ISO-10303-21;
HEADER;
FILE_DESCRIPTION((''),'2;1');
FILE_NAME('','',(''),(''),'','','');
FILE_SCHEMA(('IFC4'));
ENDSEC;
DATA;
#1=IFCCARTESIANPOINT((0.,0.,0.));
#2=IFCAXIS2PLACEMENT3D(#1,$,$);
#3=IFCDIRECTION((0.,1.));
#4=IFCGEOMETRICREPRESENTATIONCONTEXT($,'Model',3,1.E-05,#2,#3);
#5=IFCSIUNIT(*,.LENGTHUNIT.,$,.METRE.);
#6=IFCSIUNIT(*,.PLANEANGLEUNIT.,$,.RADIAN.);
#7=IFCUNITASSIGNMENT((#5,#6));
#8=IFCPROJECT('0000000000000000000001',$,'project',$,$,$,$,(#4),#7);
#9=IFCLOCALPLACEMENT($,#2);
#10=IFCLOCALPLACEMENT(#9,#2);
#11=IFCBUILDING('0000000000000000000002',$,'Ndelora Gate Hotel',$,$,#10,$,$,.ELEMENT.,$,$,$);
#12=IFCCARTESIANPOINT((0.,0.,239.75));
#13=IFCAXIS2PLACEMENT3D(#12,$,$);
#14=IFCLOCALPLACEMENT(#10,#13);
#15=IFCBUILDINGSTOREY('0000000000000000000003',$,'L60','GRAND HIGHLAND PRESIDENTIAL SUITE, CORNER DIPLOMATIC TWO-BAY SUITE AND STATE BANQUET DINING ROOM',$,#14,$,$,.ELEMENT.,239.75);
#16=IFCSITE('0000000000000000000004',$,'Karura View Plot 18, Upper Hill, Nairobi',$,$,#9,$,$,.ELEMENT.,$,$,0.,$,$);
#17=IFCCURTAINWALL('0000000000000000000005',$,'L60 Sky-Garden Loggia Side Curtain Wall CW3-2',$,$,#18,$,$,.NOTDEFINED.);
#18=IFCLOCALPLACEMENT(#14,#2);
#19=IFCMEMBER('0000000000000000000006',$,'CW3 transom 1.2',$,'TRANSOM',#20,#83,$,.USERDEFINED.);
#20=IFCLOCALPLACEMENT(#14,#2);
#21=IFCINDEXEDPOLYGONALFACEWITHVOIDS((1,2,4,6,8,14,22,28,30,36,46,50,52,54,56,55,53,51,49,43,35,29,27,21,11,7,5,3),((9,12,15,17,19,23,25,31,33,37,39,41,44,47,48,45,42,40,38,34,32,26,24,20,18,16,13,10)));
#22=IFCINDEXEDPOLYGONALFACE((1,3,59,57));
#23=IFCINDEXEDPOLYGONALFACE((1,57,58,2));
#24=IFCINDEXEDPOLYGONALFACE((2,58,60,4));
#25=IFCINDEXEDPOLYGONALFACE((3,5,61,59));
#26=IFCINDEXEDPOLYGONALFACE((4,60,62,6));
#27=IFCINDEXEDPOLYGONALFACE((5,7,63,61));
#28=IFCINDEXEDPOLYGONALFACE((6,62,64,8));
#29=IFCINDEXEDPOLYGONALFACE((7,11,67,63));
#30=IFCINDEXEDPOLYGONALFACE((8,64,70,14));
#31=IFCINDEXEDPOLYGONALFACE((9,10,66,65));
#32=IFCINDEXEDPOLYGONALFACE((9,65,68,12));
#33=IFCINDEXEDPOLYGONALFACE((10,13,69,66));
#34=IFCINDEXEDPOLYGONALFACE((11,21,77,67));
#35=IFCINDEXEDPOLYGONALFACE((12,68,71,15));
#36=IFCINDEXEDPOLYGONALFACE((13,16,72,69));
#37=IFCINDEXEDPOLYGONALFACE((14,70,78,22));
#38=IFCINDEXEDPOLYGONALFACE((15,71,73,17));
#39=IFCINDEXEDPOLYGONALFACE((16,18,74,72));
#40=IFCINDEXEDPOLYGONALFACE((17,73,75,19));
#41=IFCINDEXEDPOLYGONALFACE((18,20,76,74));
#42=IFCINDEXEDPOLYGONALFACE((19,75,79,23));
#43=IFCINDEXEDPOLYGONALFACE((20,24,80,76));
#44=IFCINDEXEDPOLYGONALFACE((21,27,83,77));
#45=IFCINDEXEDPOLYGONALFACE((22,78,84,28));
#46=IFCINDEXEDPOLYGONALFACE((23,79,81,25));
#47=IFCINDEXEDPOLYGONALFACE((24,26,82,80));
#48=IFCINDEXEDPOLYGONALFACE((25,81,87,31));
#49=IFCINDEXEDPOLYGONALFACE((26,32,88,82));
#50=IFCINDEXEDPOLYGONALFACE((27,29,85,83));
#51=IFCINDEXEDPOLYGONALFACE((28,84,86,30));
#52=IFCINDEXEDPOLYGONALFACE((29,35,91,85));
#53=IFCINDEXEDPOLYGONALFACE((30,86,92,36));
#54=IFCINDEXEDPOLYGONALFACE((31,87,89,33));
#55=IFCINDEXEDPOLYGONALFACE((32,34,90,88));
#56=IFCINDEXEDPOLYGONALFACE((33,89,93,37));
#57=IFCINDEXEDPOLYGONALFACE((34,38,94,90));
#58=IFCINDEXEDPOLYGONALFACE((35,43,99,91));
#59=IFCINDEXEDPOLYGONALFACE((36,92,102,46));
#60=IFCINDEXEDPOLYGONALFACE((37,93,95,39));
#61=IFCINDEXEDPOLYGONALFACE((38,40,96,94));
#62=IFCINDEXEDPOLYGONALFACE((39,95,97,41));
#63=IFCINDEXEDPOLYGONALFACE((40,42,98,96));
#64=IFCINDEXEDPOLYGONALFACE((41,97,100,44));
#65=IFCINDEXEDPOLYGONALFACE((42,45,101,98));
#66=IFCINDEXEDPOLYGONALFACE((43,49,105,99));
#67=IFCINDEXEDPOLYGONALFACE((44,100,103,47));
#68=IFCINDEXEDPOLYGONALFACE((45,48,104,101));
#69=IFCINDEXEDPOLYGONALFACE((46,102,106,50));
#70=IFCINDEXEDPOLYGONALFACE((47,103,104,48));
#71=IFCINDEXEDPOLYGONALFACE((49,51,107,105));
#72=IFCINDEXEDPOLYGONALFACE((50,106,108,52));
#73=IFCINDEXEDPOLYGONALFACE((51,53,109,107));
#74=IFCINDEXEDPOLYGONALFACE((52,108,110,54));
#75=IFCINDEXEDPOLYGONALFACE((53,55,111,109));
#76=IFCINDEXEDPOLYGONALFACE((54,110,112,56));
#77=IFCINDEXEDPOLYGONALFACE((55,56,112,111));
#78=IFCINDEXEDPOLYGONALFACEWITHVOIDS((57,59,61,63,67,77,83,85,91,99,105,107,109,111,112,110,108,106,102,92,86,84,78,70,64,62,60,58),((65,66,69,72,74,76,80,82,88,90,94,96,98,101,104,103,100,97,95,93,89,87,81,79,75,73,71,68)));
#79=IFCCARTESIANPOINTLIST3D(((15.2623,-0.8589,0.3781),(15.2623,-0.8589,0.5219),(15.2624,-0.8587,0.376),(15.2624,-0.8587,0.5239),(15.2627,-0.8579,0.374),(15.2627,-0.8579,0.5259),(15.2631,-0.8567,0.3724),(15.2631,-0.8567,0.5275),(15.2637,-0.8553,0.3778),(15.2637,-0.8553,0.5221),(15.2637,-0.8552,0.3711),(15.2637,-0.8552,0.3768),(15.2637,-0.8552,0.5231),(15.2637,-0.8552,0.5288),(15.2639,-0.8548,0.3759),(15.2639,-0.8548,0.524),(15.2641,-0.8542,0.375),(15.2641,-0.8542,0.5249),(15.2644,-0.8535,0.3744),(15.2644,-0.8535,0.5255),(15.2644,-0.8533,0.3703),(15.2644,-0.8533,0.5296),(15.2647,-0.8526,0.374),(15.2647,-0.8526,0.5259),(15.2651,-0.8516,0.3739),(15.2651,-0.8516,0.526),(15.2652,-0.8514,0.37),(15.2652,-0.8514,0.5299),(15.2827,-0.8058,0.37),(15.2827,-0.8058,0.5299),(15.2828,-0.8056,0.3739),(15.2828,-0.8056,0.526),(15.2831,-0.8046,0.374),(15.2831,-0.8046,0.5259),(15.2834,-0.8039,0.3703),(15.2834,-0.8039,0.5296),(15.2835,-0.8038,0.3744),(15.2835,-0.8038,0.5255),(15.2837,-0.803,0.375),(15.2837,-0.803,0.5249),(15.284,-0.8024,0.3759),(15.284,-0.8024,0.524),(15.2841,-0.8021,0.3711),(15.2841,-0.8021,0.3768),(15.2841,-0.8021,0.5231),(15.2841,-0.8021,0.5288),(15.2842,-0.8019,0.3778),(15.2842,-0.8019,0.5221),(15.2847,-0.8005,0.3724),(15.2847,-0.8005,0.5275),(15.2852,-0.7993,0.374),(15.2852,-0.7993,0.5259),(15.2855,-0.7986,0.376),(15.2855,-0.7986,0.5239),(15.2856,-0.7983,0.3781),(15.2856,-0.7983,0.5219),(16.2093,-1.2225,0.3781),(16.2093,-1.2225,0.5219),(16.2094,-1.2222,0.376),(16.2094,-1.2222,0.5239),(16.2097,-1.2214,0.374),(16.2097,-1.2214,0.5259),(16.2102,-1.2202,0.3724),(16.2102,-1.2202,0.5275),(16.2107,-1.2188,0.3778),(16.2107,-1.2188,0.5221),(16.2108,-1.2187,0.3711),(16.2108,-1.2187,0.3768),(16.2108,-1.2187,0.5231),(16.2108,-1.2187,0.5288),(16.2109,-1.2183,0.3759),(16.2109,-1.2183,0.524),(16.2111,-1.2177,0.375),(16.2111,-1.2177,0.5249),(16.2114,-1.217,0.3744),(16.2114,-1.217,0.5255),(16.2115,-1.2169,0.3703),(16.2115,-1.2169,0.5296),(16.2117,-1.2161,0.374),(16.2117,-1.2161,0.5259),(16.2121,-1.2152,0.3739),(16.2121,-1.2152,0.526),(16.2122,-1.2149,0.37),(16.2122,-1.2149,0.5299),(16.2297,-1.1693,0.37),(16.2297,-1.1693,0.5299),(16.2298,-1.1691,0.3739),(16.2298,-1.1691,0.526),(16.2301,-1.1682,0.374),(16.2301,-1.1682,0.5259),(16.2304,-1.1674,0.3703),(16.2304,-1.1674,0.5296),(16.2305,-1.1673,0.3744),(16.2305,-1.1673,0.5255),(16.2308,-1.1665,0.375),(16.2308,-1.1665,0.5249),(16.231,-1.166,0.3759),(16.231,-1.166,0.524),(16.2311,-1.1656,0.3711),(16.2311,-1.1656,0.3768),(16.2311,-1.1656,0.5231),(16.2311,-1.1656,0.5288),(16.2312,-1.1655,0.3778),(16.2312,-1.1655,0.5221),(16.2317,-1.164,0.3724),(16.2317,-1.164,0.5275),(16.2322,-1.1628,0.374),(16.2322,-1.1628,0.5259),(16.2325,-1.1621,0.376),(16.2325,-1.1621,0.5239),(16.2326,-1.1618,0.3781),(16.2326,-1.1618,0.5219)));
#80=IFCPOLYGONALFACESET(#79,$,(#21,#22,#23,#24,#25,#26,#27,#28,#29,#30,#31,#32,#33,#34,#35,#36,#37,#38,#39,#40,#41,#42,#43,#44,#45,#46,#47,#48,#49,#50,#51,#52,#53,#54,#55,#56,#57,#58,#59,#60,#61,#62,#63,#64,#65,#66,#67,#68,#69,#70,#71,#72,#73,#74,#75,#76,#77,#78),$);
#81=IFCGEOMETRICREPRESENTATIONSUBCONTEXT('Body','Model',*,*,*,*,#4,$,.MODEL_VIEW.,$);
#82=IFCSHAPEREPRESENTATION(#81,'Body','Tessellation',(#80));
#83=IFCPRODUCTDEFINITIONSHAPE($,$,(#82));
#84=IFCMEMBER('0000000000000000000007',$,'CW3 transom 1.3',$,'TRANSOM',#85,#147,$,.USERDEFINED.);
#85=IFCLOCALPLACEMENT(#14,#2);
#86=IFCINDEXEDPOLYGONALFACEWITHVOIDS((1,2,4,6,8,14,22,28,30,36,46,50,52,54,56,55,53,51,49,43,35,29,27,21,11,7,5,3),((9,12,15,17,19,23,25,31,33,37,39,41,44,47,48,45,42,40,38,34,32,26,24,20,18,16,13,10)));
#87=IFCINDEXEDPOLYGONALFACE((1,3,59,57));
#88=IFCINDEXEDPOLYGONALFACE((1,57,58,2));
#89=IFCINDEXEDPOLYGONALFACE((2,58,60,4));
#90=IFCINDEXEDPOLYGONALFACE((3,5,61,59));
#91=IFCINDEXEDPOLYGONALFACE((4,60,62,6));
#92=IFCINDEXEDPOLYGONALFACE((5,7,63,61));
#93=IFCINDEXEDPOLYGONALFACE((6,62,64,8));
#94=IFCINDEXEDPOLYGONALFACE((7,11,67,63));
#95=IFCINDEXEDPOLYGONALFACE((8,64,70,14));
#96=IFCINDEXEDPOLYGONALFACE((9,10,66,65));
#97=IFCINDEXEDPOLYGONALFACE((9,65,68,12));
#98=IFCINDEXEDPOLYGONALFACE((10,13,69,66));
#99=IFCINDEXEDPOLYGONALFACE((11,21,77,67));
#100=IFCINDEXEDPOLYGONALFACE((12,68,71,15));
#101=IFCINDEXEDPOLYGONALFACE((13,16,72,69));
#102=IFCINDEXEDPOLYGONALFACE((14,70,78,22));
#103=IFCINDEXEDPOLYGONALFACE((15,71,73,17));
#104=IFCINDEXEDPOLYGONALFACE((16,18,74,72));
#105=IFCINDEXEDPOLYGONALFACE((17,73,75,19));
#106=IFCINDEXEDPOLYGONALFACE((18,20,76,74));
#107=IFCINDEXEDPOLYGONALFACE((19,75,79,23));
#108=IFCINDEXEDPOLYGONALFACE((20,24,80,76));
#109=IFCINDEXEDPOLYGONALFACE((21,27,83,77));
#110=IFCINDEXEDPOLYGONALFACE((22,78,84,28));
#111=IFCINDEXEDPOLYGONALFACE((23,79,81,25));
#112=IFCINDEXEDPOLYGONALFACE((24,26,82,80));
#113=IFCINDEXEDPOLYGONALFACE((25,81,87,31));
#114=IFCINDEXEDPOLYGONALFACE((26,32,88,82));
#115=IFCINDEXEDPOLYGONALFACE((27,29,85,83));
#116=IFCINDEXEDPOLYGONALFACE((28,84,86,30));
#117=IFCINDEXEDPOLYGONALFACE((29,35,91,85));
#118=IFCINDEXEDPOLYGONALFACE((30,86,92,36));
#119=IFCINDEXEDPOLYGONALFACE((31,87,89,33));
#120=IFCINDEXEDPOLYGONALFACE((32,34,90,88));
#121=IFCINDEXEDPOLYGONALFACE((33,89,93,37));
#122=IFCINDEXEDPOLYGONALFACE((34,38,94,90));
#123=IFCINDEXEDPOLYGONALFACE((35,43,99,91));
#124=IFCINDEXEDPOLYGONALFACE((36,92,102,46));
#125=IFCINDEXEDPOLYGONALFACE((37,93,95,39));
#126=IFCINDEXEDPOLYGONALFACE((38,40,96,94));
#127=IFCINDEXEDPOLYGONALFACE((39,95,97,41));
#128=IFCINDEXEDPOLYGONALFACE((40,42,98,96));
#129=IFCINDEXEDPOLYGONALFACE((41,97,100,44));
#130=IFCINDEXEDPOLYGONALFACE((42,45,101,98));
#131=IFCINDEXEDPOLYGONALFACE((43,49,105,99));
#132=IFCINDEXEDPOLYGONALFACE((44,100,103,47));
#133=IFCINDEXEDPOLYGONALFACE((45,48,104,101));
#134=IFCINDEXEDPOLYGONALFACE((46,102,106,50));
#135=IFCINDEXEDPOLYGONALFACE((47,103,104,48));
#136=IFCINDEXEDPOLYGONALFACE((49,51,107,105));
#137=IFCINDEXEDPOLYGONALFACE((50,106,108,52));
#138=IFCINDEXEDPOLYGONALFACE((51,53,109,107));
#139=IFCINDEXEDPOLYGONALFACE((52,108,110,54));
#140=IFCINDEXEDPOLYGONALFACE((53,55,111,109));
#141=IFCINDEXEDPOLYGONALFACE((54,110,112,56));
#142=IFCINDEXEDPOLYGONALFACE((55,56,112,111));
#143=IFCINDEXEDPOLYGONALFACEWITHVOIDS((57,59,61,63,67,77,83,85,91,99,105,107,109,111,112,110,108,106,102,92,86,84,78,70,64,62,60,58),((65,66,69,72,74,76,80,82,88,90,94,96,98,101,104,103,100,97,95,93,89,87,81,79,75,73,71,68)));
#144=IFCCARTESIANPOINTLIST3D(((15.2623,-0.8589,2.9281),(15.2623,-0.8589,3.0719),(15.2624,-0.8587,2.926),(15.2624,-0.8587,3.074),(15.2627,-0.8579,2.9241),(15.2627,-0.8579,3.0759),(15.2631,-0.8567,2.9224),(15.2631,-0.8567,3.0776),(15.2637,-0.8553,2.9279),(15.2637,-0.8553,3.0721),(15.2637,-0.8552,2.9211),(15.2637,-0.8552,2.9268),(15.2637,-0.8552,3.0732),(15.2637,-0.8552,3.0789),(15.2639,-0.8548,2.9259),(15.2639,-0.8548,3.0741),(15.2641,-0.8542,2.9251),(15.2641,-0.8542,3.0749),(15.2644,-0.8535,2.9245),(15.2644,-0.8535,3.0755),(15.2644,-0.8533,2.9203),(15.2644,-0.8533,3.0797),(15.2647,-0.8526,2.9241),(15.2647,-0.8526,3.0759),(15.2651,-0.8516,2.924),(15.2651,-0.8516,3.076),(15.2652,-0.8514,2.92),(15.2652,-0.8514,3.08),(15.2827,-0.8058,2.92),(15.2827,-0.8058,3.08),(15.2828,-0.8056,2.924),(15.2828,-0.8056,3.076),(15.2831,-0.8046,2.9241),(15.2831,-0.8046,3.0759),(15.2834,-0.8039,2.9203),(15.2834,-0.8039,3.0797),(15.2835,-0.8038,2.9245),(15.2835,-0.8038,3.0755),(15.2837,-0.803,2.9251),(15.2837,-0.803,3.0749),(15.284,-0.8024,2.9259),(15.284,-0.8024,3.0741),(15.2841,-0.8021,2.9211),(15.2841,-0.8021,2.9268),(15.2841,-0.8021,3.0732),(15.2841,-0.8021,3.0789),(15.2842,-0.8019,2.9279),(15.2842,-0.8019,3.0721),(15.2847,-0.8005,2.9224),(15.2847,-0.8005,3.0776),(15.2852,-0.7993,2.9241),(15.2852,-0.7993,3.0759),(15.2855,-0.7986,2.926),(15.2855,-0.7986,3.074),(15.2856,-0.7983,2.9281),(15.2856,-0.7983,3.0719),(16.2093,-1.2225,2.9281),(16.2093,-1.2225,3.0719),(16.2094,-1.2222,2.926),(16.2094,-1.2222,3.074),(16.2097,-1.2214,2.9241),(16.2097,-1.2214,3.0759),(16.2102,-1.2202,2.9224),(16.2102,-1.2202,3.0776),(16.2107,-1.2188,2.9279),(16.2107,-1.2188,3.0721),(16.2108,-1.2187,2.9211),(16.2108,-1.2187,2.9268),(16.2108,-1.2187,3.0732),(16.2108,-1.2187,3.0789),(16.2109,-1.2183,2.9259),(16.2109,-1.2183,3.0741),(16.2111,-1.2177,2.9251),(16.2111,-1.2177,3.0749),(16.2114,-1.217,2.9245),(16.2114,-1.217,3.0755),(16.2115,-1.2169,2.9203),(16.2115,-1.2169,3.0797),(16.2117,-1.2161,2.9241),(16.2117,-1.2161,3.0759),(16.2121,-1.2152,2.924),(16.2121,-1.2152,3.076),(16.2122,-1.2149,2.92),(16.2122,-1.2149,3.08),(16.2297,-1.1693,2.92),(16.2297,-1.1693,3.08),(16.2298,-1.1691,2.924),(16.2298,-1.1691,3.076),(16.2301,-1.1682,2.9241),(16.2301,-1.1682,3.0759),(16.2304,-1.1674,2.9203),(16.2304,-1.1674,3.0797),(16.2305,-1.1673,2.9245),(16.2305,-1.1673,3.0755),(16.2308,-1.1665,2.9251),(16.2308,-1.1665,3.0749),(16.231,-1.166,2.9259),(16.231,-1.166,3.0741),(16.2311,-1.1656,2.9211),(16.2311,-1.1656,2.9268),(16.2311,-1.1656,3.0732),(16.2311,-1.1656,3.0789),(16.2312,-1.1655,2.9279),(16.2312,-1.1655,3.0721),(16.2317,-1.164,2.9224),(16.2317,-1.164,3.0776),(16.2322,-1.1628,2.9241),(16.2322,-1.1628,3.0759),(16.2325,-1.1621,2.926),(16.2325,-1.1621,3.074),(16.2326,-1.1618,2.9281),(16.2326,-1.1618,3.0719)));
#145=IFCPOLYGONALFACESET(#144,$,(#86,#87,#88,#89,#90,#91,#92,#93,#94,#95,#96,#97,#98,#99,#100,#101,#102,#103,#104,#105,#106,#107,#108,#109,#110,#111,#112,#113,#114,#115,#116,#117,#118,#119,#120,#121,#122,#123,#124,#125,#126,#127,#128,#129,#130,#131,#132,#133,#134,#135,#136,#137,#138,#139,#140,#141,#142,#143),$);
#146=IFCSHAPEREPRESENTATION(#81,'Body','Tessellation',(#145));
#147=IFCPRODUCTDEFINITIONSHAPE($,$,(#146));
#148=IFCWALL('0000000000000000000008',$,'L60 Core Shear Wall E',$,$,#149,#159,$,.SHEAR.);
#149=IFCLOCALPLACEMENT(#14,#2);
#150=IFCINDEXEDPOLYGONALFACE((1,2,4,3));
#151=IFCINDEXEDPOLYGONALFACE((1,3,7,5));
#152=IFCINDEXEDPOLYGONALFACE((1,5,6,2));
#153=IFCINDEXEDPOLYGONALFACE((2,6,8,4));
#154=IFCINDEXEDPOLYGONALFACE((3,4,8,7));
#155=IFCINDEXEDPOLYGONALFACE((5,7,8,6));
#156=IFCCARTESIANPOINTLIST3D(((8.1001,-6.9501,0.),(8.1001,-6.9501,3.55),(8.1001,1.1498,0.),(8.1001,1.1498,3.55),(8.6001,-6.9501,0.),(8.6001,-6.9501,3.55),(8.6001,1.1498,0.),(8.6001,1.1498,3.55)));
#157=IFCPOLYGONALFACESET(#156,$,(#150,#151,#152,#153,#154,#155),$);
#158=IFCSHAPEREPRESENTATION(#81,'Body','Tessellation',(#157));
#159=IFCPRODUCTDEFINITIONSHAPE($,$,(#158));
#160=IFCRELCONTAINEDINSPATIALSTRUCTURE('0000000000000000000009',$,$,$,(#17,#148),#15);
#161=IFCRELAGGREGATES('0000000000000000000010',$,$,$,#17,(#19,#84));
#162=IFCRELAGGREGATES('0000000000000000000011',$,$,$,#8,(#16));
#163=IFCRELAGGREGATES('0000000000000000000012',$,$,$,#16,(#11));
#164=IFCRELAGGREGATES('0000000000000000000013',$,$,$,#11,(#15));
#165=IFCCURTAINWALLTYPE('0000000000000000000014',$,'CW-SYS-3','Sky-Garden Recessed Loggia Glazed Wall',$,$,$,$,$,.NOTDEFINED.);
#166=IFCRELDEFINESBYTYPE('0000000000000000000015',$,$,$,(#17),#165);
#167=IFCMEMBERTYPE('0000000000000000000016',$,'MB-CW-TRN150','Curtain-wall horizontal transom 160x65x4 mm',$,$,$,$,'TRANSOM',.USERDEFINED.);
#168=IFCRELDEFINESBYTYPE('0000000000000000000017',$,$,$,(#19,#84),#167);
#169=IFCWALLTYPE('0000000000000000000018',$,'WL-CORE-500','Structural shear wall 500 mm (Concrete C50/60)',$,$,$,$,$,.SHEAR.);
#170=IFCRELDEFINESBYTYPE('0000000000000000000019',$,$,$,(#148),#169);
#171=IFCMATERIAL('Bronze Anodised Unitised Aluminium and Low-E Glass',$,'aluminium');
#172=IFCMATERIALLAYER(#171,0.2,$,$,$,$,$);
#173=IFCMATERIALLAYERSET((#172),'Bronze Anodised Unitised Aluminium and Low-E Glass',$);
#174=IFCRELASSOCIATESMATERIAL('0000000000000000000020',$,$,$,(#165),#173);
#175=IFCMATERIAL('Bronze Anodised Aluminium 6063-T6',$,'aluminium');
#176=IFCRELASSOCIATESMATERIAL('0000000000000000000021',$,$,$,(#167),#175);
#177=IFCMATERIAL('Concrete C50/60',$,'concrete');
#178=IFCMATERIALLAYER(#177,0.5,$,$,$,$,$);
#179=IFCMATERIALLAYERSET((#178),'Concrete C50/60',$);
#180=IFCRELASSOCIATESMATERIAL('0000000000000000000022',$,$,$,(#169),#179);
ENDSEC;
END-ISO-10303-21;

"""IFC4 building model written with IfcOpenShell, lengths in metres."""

from ifc_helpers import new_model, si_unit, direction, frame, frame_2d, origin, origin_2d, place, context, subcontext, project, spatial, rectangle, hollow_rectangle, extrude, material, layer, layer_set, material_profile, profile_set, type_object, element, aggregate, save


model = new_model("IFC4")

# Units and contexts
model_context = context("Model", 3, precision=1e-05, world=origin(), true_north=direction((0.0, 1.0)))
body_context = subcontext(model_context, "Body", "Model", "MODEL_VIEW")
ifc_project = project(units=[si_unit("LENGTHUNIT", "METRE"), si_unit("PLANEANGLEUNIT", "RADIAN")], contexts=[model_context])

# Site, building, storey
site_placement = place(None, origin())
site = spatial("IfcSite", under=ifc_project, at=site_placement, Name="Karura View Plot 18, Upper Hill, Nairobi", CompositionType="ELEMENT", RefElevation=0.0)
building_placement = place(site_placement, origin())
building = spatial("IfcBuilding", under=site, at=building_placement, Name="Ndelora Gate Hotel", CompositionType="ELEMENT")
storey_placement = place(building_placement, frame((0.0, 0.0, 239.75)))
storey = spatial("IfcBuildingStorey", under=building, at=storey_placement, Name="L60", Description="GRAND HIGHLAND PRESIDENTIAL SUITE, CORNER DIPLOMATIC TWO-BAY SUITE AND STATE BANQUET DINING ROOM", CompositionType="ELEMENT", Elevation=239.75)

# Shared definitions
ifc_material_1 = material(Name="Concrete C50/60", Category="concrete")

# Shared definitions
ifc_material_2 = material(Name="Bronze Anodised Unitised Aluminium and Low-E Glass", Category="aluminium")
ifc_layer_1 = layer(ifc_material_2, 0.2)
ifc_layer_set_1 = layer_set([ifc_layer_1], Name="Bronze Anodised Unitised Aluminium and Low-E Glass")
curtain_wall_type = type_object("IfcCurtainWallType", Name="CW-SYS-3", Description="Sky-Garden Recessed Loggia Glazed Wall", PredefinedType="NOTDEFINED", material=ifc_layer_set_1)
ifc_material_3 = material(Name="Bronze Anodised Aluminium 6063-T6", Category="aluminium")

# Curtain wall, members
curtain_wall_1_placement = place(storey_placement, origin())
curtain_wall_1 = element("IfcCurtainWall", 1, at=curtain_wall_1_placement, inside=storey, type_object=curtain_wall_type, Name="L60 Sky-Garden Loggia Side Curtain Wall CW3-2", PredefinedType="NOTDEFINED")
ifc_material_profile_1 = material_profile(ifc_material_3, hollow_rectangle(XDim=0.0649, YDim=0.1599, WallThickness=0.0039, InnerFilletRadius=0.0039, OuterFilletRadius=0.0081, at=origin_2d()), Name="ALU 160x65x4")
ifc_profile_set_1 = profile_set([ifc_material_profile_1], Name="Bronze Anodised Aluminium 6063-T6")
member_type_1 = type_object("IfcMemberType", Name="MB-CW-TRN150", Description="Curtain-wall horizontal transom 160x65x4 mm", ElementType="TRANSOM", PredefinedType="USERDEFINED", material=ifc_profile_set_1)
member_1_placement = place(storey_placement, frame((16.2209, -1.1921, 0.45), z_axis=(-0.933581, 0.358366, 0.0), x_axis=(-0.358366, -0.933581, 0.0)))
member_1 = element("IfcMember", 2, at=member_1_placement, type_object=member_type_1, Name="CW3 transom 1.2", ObjectType="TRANSOM", PredefinedType="USERDEFINED", context=body_context, shape_type="SweptSolid", body=[
    extrude(hollow_rectangle(XDim=0.0649, YDim=0.1599, WallThickness=0.0039, InnerFilletRadius=0.0039, OuterFilletRadius=0.0081, at=origin_2d()), origin(), (0.0, 0.0, 1.0), 1.0144),
])
member_2_placement = place(storey_placement, frame((16.2209, -1.1921, 3.0), z_axis=(-0.933581, 0.358366, 0.0), x_axis=(-0.358366, -0.933581, 0.0)))
member_2 = element("IfcMember", 3, at=member_2_placement, type_object=member_type_1, Name="CW3 transom 1.3", ObjectType="TRANSOM", PredefinedType="USERDEFINED", context=body_context, shape_type="SweptSolid", body=[
    extrude(hollow_rectangle(XDim=0.0649, YDim=0.1599, WallThickness=0.0039, InnerFilletRadius=0.0039, OuterFilletRadius=0.0081, at=origin_2d()), origin(), (0.0, 0.0, 1.0), 1.0144),
])
aggregate(curtain_wall_1, [member_1, member_2])

# Wall
ifc_layer_2 = layer(ifc_material_1, 0.5)
ifc_layer_set_2 = layer_set([ifc_layer_2], Name="Concrete C50/60")
wall_type_1 = type_object("IfcWallType", Name="WL-CORE-500", Description="Structural shear wall 500 mm (Concrete C50/60)", PredefinedType="SHEAR", material=ifc_layer_set_2)
wall_1_placement = place(storey_placement, frame((8.3501, -6.95, 0.0), z_axis=(0.0, 0.0, 1.0), x_axis=(0.0, 1.0, 0.0)))
element("IfcWall", 4, at=wall_1_placement, inside=storey, type_object=wall_type_1, Name="L60 Core Shear Wall E", PredefinedType="SHEAR", context=body_context, shape_type="SweptSolid", body=[
    extrude(rectangle(XDim=8.0999, YDim=0.5, at=frame_2d((4.0498, 0.0))), origin(), (0.0, 0.0, 1.0), 3.55),
])

save(model, "model.ifc")
